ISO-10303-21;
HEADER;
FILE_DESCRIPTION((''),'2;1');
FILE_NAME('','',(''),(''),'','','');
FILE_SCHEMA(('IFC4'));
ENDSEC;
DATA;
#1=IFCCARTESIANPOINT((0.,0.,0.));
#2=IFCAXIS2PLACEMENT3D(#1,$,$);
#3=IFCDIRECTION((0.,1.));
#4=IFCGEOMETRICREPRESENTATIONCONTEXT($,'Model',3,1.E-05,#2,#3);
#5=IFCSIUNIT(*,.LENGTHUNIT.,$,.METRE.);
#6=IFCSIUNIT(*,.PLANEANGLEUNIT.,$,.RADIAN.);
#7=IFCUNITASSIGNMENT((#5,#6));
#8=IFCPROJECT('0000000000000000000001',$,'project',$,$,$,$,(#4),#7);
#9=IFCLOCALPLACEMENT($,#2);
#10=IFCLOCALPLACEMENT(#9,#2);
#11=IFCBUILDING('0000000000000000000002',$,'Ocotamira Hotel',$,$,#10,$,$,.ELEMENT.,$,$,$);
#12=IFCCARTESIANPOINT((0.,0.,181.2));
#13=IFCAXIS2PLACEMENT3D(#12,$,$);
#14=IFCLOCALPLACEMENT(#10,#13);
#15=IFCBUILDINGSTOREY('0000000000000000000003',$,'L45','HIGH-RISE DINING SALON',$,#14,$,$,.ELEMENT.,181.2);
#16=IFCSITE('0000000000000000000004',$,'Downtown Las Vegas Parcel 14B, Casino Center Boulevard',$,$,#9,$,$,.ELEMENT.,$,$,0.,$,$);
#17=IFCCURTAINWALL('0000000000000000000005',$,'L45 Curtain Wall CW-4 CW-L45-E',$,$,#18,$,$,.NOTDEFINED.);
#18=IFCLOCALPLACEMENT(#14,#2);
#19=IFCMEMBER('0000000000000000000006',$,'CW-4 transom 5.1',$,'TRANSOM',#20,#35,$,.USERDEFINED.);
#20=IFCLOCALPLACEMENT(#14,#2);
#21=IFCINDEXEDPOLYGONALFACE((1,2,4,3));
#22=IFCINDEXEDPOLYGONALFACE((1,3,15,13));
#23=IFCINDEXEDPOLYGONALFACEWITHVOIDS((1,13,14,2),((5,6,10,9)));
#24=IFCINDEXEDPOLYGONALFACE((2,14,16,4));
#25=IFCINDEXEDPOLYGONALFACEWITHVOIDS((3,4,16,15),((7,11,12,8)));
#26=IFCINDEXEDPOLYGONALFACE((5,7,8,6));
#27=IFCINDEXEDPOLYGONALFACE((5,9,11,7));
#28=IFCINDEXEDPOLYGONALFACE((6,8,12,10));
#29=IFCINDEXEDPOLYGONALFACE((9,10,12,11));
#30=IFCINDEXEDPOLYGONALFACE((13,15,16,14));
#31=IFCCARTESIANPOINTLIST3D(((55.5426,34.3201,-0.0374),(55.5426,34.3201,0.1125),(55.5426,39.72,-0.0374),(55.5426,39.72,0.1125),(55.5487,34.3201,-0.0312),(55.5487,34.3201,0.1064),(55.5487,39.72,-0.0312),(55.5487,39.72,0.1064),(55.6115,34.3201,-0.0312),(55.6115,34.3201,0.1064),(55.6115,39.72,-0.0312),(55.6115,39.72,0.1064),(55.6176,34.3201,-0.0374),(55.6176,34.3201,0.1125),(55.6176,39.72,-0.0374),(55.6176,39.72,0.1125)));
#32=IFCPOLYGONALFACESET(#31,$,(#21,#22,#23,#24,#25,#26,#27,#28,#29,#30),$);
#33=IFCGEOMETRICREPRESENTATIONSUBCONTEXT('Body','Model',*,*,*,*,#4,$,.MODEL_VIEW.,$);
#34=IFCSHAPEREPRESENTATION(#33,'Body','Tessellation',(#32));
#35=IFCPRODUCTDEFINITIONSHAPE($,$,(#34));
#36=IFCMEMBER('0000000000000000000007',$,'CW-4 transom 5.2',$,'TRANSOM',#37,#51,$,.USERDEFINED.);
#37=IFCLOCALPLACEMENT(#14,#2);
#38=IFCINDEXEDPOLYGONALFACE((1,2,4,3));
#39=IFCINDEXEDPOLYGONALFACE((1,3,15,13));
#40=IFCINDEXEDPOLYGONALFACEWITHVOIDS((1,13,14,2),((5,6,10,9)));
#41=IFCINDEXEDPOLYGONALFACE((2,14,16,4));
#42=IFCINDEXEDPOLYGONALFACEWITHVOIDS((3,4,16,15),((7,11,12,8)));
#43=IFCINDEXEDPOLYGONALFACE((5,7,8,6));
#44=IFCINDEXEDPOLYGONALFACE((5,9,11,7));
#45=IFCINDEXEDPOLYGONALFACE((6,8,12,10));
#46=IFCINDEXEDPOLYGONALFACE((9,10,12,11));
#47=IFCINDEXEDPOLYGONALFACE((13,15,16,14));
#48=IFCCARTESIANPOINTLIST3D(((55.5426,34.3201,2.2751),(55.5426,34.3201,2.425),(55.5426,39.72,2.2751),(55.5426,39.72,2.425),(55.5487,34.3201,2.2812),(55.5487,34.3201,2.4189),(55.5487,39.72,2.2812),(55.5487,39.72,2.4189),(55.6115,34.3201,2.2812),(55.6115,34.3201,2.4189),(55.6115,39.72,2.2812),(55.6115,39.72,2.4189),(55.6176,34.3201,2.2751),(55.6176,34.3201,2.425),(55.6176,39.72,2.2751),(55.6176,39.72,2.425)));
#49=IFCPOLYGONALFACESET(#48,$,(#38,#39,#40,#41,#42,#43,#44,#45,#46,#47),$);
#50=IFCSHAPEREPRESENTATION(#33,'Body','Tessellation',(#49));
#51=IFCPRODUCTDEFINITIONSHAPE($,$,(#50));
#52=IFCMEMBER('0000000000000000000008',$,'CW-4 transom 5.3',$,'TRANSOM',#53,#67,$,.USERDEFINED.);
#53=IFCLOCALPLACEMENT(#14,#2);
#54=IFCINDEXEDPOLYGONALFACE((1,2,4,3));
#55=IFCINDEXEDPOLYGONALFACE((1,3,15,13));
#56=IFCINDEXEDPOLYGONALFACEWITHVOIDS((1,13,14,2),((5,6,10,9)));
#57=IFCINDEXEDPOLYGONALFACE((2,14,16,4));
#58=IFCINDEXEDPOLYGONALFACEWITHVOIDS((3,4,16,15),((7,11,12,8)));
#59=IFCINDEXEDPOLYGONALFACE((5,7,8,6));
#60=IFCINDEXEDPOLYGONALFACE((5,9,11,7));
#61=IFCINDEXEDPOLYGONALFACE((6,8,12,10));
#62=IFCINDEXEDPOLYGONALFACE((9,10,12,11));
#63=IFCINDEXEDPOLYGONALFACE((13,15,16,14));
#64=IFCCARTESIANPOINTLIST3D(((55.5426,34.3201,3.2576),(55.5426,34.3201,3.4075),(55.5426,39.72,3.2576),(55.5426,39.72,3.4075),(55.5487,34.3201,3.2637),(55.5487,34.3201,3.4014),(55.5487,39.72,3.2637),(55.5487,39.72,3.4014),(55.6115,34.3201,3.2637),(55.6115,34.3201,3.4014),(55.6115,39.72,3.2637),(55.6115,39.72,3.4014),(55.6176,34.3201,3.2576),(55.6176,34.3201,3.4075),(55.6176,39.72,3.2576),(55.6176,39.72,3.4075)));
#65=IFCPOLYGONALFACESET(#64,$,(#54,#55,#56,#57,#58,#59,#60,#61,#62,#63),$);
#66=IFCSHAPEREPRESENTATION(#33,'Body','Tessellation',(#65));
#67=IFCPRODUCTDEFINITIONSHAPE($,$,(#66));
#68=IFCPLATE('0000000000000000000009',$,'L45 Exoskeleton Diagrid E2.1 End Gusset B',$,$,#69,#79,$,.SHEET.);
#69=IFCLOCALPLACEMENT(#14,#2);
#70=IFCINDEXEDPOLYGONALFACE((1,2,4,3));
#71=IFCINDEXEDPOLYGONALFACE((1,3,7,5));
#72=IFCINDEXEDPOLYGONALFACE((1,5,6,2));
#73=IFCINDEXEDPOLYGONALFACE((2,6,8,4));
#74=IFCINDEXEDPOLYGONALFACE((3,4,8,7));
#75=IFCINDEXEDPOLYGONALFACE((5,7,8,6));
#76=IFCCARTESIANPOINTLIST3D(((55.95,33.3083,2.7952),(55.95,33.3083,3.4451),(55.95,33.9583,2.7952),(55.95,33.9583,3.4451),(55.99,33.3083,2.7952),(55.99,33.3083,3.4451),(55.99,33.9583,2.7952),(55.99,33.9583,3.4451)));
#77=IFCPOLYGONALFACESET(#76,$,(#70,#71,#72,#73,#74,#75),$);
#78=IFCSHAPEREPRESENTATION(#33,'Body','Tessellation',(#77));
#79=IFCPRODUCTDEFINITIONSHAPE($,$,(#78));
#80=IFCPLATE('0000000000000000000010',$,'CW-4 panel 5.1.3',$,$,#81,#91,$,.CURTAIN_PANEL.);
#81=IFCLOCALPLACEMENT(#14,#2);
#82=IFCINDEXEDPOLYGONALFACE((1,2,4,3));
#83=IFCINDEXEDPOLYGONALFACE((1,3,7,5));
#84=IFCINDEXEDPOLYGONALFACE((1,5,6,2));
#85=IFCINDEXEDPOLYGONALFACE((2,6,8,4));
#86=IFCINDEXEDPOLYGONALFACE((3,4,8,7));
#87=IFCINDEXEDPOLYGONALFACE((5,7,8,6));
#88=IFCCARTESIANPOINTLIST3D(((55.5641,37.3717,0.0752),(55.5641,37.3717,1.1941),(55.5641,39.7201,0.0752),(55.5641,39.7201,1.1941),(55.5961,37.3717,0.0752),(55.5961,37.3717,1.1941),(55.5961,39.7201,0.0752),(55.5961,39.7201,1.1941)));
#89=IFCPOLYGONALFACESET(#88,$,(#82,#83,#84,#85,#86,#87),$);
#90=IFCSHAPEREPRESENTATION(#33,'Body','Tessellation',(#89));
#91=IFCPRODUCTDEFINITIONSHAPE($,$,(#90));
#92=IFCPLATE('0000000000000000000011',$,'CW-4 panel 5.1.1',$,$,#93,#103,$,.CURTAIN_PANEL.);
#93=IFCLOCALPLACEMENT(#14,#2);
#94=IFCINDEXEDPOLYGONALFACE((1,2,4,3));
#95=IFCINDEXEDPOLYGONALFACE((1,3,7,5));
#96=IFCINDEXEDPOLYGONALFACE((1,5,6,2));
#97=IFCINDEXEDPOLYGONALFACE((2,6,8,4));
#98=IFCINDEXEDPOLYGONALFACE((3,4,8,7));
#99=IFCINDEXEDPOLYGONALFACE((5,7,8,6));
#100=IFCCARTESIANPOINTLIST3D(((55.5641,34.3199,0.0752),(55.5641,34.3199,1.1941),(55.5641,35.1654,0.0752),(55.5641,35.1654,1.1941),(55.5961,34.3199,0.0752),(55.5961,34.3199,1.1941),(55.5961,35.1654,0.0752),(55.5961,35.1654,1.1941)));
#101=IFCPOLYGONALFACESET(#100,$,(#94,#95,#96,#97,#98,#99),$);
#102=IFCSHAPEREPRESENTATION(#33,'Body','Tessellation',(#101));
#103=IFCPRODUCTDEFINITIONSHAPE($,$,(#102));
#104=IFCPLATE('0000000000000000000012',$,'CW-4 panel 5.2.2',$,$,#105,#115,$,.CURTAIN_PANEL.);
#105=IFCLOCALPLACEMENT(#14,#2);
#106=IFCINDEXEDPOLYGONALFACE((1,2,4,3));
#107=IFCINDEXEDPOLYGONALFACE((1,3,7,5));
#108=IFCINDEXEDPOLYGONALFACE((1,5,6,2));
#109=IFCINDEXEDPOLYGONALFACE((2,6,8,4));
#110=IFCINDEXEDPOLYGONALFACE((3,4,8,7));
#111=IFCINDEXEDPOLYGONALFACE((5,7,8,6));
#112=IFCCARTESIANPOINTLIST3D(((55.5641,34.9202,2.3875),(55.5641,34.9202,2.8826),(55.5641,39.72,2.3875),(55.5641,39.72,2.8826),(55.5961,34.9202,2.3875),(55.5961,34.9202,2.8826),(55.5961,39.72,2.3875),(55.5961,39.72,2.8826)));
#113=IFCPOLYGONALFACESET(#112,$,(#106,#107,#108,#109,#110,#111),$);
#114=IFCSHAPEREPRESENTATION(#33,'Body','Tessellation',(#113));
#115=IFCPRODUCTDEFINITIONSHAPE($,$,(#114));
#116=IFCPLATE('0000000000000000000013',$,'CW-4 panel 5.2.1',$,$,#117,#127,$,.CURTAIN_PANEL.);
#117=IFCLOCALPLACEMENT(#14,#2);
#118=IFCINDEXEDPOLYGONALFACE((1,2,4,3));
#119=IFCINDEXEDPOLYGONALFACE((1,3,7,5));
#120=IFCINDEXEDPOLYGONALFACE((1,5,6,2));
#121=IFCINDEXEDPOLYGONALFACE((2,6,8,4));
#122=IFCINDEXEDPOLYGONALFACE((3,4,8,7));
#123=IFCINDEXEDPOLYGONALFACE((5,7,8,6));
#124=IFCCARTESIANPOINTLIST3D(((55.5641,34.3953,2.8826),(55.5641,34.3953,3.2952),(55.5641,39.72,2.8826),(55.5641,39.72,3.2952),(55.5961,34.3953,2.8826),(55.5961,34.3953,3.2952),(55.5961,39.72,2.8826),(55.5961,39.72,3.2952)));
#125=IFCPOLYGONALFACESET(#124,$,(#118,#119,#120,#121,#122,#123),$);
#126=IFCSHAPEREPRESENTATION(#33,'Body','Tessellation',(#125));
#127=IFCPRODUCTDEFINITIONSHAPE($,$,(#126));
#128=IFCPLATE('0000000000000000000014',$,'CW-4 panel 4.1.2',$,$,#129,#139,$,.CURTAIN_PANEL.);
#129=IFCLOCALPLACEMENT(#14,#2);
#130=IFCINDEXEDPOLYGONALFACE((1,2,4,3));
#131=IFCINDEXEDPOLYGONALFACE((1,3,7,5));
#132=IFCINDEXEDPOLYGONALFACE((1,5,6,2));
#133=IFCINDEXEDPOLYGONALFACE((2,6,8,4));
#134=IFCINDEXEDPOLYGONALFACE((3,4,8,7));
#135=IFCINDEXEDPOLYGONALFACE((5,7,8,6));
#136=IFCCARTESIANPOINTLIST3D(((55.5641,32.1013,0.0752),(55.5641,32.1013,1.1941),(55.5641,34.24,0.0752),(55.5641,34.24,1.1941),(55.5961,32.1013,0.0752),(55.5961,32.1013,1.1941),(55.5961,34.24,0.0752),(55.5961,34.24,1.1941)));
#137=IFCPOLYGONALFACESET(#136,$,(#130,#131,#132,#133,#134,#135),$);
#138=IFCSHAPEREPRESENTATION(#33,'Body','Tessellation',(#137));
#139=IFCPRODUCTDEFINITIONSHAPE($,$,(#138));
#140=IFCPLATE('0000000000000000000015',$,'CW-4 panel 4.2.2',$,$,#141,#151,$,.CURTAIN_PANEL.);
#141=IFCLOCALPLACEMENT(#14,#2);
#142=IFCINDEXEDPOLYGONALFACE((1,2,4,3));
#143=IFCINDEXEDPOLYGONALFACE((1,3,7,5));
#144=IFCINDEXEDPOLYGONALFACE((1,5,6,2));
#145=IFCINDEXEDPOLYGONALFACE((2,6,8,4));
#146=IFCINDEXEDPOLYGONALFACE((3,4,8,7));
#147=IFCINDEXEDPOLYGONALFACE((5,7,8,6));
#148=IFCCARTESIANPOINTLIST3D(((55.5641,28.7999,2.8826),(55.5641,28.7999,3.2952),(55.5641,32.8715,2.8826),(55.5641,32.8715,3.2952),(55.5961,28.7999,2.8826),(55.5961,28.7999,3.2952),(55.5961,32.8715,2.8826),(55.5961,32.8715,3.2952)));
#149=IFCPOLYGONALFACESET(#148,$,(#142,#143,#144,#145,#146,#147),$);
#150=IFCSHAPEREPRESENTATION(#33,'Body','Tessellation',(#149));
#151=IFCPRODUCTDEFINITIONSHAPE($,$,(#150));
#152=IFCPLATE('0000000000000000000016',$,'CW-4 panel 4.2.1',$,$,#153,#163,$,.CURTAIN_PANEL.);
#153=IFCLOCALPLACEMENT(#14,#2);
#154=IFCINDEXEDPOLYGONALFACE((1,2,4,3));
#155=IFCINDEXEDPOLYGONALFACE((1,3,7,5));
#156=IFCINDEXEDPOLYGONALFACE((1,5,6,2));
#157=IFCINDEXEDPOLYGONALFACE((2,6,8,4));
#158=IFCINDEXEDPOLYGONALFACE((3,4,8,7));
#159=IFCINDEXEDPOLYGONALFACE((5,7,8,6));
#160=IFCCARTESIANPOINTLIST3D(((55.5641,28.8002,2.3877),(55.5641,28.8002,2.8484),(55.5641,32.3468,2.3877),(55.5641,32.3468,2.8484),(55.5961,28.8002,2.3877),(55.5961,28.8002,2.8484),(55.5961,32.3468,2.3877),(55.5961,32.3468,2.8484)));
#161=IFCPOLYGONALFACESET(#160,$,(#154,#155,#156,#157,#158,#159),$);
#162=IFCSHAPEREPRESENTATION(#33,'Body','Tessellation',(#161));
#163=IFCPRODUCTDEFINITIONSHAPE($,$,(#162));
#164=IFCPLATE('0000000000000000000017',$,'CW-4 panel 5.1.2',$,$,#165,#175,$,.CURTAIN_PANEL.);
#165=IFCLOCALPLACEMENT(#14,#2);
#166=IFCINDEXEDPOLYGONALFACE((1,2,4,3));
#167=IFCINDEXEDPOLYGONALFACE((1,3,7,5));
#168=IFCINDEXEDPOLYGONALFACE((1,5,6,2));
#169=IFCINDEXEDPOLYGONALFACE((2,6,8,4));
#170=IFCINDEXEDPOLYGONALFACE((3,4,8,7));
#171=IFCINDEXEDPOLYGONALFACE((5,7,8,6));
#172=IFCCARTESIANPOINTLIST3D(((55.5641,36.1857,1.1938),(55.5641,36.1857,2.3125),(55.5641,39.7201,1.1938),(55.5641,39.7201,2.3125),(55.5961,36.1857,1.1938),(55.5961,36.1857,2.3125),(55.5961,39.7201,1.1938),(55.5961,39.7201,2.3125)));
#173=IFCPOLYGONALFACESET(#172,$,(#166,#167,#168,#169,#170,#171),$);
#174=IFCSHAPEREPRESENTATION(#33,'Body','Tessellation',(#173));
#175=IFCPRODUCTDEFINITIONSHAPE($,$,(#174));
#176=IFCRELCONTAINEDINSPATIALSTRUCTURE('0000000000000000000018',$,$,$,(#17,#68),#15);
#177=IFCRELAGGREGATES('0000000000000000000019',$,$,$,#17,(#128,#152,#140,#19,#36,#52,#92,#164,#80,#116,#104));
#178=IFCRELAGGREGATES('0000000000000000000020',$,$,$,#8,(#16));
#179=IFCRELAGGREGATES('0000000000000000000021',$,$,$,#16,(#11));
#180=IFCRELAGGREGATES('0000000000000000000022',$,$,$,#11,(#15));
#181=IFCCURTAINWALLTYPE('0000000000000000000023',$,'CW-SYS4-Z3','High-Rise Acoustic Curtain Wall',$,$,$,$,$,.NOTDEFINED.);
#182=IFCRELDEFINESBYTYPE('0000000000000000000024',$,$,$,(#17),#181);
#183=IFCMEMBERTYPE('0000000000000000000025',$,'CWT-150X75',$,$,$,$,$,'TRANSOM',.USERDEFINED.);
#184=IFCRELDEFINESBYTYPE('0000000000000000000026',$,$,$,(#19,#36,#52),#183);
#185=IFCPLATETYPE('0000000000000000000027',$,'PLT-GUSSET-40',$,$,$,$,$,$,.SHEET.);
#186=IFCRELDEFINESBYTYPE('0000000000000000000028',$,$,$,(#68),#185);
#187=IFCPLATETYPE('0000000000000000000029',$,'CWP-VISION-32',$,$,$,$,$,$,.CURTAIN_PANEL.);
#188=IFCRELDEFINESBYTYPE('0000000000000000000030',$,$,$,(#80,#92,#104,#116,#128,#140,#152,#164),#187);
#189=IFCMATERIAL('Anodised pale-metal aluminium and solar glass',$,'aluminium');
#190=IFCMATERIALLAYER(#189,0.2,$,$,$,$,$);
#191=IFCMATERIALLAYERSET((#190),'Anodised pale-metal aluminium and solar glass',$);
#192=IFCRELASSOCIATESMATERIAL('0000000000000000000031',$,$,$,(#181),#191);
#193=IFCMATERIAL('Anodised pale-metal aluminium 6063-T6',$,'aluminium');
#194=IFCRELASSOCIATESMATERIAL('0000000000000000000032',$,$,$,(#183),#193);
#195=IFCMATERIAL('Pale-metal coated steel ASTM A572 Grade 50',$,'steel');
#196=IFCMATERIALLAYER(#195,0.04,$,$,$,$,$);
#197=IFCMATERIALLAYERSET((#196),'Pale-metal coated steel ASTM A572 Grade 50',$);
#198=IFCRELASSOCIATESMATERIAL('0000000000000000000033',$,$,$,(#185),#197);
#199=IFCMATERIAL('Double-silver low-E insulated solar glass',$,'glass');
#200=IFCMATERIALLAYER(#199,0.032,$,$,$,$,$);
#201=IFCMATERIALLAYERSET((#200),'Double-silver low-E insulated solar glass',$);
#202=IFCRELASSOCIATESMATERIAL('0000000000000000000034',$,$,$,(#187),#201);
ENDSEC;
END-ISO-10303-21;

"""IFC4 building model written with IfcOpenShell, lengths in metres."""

from ifc_helpers import new_model, si_unit, direction, frame, origin, origin_2d, place, context, subcontext, project, spatial, rectangle, hollow_rectangle, extrude, source, transform, mapped, material, layer, layer_set, material_profile, profile_set, type_object, element, aggregate, save


model = new_model("IFC4")

# Units and contexts
model_context = context("Model", 3, precision=1e-05, world=origin(), true_north=direction((0.0, 1.0)))
body_context = subcontext(model_context, "Body", "Model", "MODEL_VIEW")
ifc_project = project(units=[si_unit("LENGTHUNIT", "METRE"), si_unit("PLANEANGLEUNIT", "RADIAN")], contexts=[model_context])

# Site, building, storey
site_placement = place(None, origin())
site = spatial("IfcSite", under=ifc_project, at=site_placement, Name="Downtown Las Vegas Parcel 14B, Casino Center Boulevard", CompositionType="ELEMENT", RefElevation=0.0)
building_placement = place(site_placement, origin())
building = spatial("IfcBuilding", under=site, at=building_placement, Name="Ocotamira Hotel", CompositionType="ELEMENT")
storey_placement = place(building_placement, frame((0.0, 0.0, 181.2)))
storey = spatial("IfcBuildingStorey", under=building, at=storey_placement, Name="L45", Description="HIGH-RISE DINING SALON", CompositionType="ELEMENT", Elevation=181.2)

# Curtain wall, members
ifc_material_1 = material(Name="Anodised pale-metal aluminium and solar glass", Category="aluminium")
ifc_layer_1 = layer(ifc_material_1, 0.2)
ifc_layer_set_1 = layer_set([ifc_layer_1], Name="Anodised pale-metal aluminium and solar glass")
curtain_wall_type = type_object("IfcCurtainWallType", Name="CW-SYS4-Z3", Description="High-Rise Acoustic Curtain Wall", PredefinedType="NOTDEFINED", material=ifc_layer_set_1)
curtain_wall_placement = place(storey_placement, origin())
curtain_wall = element("IfcCurtainWall", 1, at=curtain_wall_placement, inside=storey, type_object=curtain_wall_type, Name="L45 Curtain Wall CW-4 CW-L45-E", PredefinedType="NOTDEFINED")
ifc_material_2 = material(Name="Anodised pale-metal aluminium 6063-T6", Category="aluminium")
ifc_material_profile_1 = material_profile(ifc_material_2, hollow_rectangle(XDim=0.075, YDim=0.1499, WallThickness=0.0061, at=origin_2d()), Name="HSS150X75X6")
ifc_profile_set_1 = profile_set([ifc_material_profile_1], Name="Anodised pale-metal aluminium 6063-T6")
member_type_1 = type_object("IfcMemberType", Name="CWT-150X75", ElementType="TRANSOM", PredefinedType="USERDEFINED", material=ifc_profile_set_1)
shared_shape_1 = source(origin(), body_context, "Body", "SweptSolid", [
    extrude(hollow_rectangle(XDim=0.075, YDim=0.1499, WallThickness=0.0061, at=origin_2d()), origin(), (0.0, 0.0, 1.0), 5.3999),
])
member_1_placement = place(storey_placement, frame((55.5801, 34.3201, 0.0376), z_axis=(0.0, 1.0, 0.0), x_axis=(-1.0, 0.0, 0.0)))
member_1 = element("IfcMember", 2, at=member_1_placement, type_object=member_type_1, Name="CW-4 transom 5.1", ObjectType="TRANSOM", PredefinedType="USERDEFINED", context=body_context, shape_type="MappedRepresentation", body=[
    mapped(shared_shape_1, transform((0.0, 0.0, 0.0), scale=1.0)),
])
member_2_placement = place(storey_placement, frame((55.5801, 34.3201, 2.3501), z_axis=(0.0, 1.0, 0.0), x_axis=(-1.0, 0.0, 0.0)))
member_2 = element("IfcMember", 3, at=member_2_placement, type_object=member_type_1, Name="CW-4 transom 5.2", ObjectType="TRANSOM", PredefinedType="USERDEFINED", context=body_context, shape_type="MappedRepresentation", body=[
    mapped(shared_shape_1, transform((0.0, 0.0, 0.0), scale=1.0)),
])
member_3_placement = place(storey_placement, frame((55.5801, 34.3201, 3.3325), z_axis=(0.0, 1.0, 0.0), x_axis=(-1.0, 0.0, 0.0)))
member_3 = element("IfcMember", 4, at=member_3_placement, type_object=member_type_1, Name="CW-4 transom 5.3", ObjectType="TRANSOM", PredefinedType="USERDEFINED", context=body_context, shape_type="MappedRepresentation", body=[
    mapped(shared_shape_1, transform((0.0, 0.0, 0.0), scale=1.0)),
])

# Plates
ifc_material_3 = material(Name="Pale-metal coated steel ASTM A572 Grade 50", Category="steel")
ifc_layer_2 = layer(ifc_material_3, 0.04)
ifc_layer_set_2 = layer_set([ifc_layer_2], Name="Pale-metal coated steel ASTM A572 Grade 50")
plate_type_1 = type_object("IfcPlateType", Name="PLT-GUSSET-40", PredefinedType="SHEET", material=ifc_layer_set_2)
shared_shape_2 = source(origin(), body_context, "Body", "SweptSolid", [
    extrude(rectangle(XDim=0.04, YDim=0.6499, at=origin_2d()), origin(), (0.0, 0.0, 1.0), 0.6499),
])
plate_1_placement = place(storey_placement, frame((55.97, 33.6333, 2.7952), z_axis=(0.0, 0.0, 1.0), x_axis=(1.0, 0.0, 0.0)))
element("IfcPlate", 5, at=plate_1_placement, inside=storey, type_object=plate_type_1, Name="L45 Exoskeleton Diagrid E2.1 End Gusset B", PredefinedType="SHEET", context=body_context, shape_type="MappedRepresentation", body=[
    mapped(shared_shape_2, transform((0.0, 0.0, 0.0), scale=1.0)),
])
ifc_material_4 = material(Name="Double-silver low-E insulated solar glass", Category="glass")
ifc_layer_3 = layer(ifc_material_4, 0.032)
ifc_layer_set_3 = layer_set([ifc_layer_3], Name="Double-silver low-E insulated solar glass")
plate_type_2 = type_object("IfcPlateType", Name="CWP-VISION-32", PredefinedType="CURTAIN_PANEL", material=ifc_layer_set_3)
shared_shape_3 = source(origin(), body_context, "Body", "SweptSolid", [
    extrude(rectangle(XDim=2.3484, YDim=0.032, at=origin_2d()), origin(), (0.0, 0.0, 1.0), 1.1189),
])
plate_2_placement = place(storey_placement, frame((55.5801, 38.5459, 0.0752), z_axis=(0.0, 0.0, 1.0), x_axis=(0.0, 1.0, 0.0)))
plate_2 = element("IfcPlate", 6, at=plate_2_placement, type_object=plate_type_2, Name="CW-4 panel 5.1.3", PredefinedType="CURTAIN_PANEL", context=body_context, shape_type="MappedRepresentation", body=[
    mapped(shared_shape_3, transform((0.0, 0.0, 0.0), scale=1.0)),
])
shared_shape_4 = source(origin(), body_context, "Body", "SweptSolid", [
    extrude(rectangle(XDim=0.8455, YDim=0.032, at=origin_2d()), origin(), (0.0, 0.0, 1.0), 1.1189),
])
plate_3_placement = place(storey_placement, frame((55.5801, 34.7427, 0.0752), z_axis=(0.0, 0.0, 1.0), x_axis=(0.0, 1.0, 0.0)))
plate_3 = element("IfcPlate", 7, at=plate_3_placement, type_object=plate_type_2, Name="CW-4 panel 5.1.1", PredefinedType="CURTAIN_PANEL", context=body_context, shape_type="MappedRepresentation", body=[
    mapped(shared_shape_4, transform((0.0, 0.0, 0.0), scale=1.0)),
])
shared_shape_5 = source(origin(), body_context, "Body", "SweptSolid", [
    extrude(rectangle(XDim=4.7998, YDim=0.032, at=origin_2d()), origin(), (0.0, 0.0, 1.0), 0.4951),
])
plate_4_placement = place(storey_placement, frame((55.5801, 37.3201, 2.3875), z_axis=(0.0, 0.0, 1.0), x_axis=(0.0, 1.0, 0.0)))
plate_4 = element("IfcPlate", 8, at=plate_4_placement, type_object=plate_type_2, Name="CW-4 panel 5.2.2", PredefinedType="CURTAIN_PANEL", context=body_context, shape_type="MappedRepresentation", body=[
    mapped(shared_shape_5, transform((0.0, 0.0, 0.0), scale=1.0)),
])
shared_shape_6 = source(origin(), body_context, "Body", "SweptSolid", [
    extrude(rectangle(XDim=5.3247, YDim=0.032, at=origin_2d()), origin(), (0.0, 0.0, 1.0), 0.4126),
])
plate_5_placement = place(storey_placement, frame((55.5801, 37.0576, 2.8826), z_axis=(0.0, 0.0, 1.0), x_axis=(0.0, 1.0, 0.0)))
plate_5 = element("IfcPlate", 9, at=plate_5_placement, type_object=plate_type_2, Name="CW-4 panel 5.2.1", PredefinedType="CURTAIN_PANEL", context=body_context, shape_type="MappedRepresentation", body=[
    mapped(shared_shape_6, transform((0.0, 0.0, 0.0), scale=1.0)),
])
shared_shape_7 = source(origin(), body_context, "Body", "SweptSolid", [
    extrude(rectangle(XDim=2.1387, YDim=0.032, at=origin_2d()), origin(), (0.0, 0.0, 1.0), 1.1189),
])
plate_6_placement = place(storey_placement, frame((55.5801, 33.1707, 0.0752), z_axis=(0.0, 0.0, 1.0), x_axis=(0.0, 1.0, 0.0)))
plate_6 = element("IfcPlate", 10, at=plate_6_placement, type_object=plate_type_2, Name="CW-4 panel 4.1.2", PredefinedType="CURTAIN_PANEL", context=body_context, shape_type="MappedRepresentation", body=[
    mapped(shared_shape_7, transform((0.0, 0.0, 0.0), scale=1.0)),
])
shared_shape_8 = source(origin(), body_context, "Body", "SweptSolid", [
    extrude(rectangle(XDim=4.0715, YDim=0.032, at=origin_2d()), origin(), (0.0, 0.0, 1.0), 0.4126),
])
plate_7_placement = place(storey_placement, frame((55.5801, 30.8357, 2.8826), z_axis=(0.0, 0.0, 1.0), x_axis=(0.0, 1.0, 0.0)))
plate_7 = element("IfcPlate", 11, at=plate_7_placement, type_object=plate_type_2, Name="CW-4 panel 4.2.2", PredefinedType="CURTAIN_PANEL", context=body_context, shape_type="MappedRepresentation", body=[
    mapped(shared_shape_8, transform((0.0, 0.0, 0.0), scale=1.0)),
])
shared_shape_9 = source(origin(), body_context, "Body", "SweptSolid", [
    extrude(rectangle(XDim=3.5466, YDim=0.032, at=origin_2d()), origin(), (0.0, 0.0, 1.0), 0.4607),
])
plate_8_placement = place(storey_placement, frame((55.5801, 30.5735, 2.3877), z_axis=(0.0, 0.0, 1.0), x_axis=(0.0, 1.0, 0.0)))
plate_8 = element("IfcPlate", 12, at=plate_8_placement, type_object=plate_type_2, Name="CW-4 panel 4.2.1", PredefinedType="CURTAIN_PANEL", context=body_context, shape_type="MappedRepresentation", body=[
    mapped(shared_shape_9, transform((0.0, 0.0, 0.0), scale=1.0)),
])
shared_shape_10 = source(origin(), body_context, "Body", "SweptSolid", [
    extrude(rectangle(XDim=3.5344, YDim=0.032, at=origin_2d()), origin(), (0.0, 0.0, 1.0), 1.1187),
])
plate_9_placement = place(storey_placement, frame((55.5801, 37.9529, 1.1938), z_axis=(0.0, 0.0, 1.0), x_axis=(0.0, 1.0, 0.0)))
plate_9 = element("IfcPlate", 13, at=plate_9_placement, type_object=plate_type_2, Name="CW-4 panel 5.1.2", PredefinedType="CURTAIN_PANEL", context=body_context, shape_type="MappedRepresentation", body=[
    mapped(shared_shape_10, transform((0.0, 0.0, 0.0), scale=1.0)),
])
aggregate(curtain_wall, [plate_6, plate_8, plate_7, member_1, member_2, member_3, plate_3, plate_9, plate_2, plate_5, plate_4])

save(model, "model.ifc")
